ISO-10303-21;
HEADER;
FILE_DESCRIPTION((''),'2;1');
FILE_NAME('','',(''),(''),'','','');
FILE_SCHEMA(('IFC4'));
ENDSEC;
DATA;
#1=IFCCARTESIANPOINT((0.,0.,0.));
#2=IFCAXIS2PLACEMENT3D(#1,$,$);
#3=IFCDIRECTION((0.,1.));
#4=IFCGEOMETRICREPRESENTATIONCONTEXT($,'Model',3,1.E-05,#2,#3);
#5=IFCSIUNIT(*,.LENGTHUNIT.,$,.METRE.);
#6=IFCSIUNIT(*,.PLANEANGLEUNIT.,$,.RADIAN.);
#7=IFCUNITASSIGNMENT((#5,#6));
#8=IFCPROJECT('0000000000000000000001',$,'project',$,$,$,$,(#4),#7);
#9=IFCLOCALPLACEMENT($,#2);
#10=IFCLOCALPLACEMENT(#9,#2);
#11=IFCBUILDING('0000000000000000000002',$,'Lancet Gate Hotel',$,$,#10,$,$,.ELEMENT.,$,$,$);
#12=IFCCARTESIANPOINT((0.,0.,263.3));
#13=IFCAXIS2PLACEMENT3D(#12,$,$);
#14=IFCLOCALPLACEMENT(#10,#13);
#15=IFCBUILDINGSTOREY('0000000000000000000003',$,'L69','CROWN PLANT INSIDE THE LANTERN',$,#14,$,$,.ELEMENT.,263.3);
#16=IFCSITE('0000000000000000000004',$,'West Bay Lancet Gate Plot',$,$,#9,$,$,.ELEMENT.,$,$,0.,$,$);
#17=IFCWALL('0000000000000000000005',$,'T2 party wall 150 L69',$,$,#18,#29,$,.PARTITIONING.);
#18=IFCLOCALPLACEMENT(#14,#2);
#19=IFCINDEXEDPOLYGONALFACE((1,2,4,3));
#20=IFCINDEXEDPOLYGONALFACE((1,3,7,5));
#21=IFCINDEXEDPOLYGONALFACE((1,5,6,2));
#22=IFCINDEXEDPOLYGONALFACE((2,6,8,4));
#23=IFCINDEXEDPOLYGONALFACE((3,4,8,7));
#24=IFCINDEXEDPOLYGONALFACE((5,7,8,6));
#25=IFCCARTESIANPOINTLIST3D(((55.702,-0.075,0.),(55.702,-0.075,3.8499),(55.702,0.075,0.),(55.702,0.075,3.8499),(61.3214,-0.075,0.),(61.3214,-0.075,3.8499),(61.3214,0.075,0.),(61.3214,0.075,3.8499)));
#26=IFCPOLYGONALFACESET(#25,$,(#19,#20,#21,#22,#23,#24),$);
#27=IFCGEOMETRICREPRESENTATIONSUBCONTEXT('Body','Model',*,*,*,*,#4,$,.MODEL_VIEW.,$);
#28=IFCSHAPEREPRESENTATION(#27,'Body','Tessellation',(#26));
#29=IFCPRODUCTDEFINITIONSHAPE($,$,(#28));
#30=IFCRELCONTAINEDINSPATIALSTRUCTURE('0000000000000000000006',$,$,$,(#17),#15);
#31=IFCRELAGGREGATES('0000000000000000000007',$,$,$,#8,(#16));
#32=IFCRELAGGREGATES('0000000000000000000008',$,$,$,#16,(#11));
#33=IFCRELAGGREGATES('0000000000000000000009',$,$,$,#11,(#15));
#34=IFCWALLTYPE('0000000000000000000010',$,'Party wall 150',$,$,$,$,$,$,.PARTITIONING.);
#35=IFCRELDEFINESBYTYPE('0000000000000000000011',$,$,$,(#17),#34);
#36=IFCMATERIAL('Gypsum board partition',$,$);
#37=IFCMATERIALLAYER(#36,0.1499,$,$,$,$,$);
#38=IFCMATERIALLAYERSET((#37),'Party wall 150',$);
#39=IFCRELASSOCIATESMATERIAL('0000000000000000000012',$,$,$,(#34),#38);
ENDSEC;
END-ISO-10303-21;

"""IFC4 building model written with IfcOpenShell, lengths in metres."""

from ifc_helpers import new_model, si_unit, direction, frame, frame_2d, origin, place, context, subcontext, project, spatial, rectangle, extrude, material, layer, layer_set, type_object, element, save


model = new_model("IFC4")

# Units and contexts
model_context = context("Model", 3, precision=1e-05, world=origin(), true_north=direction((0.0, 1.0)))
body_context = subcontext(model_context, "Body", "Model", "MODEL_VIEW")
ifc_project = project(units=[si_unit("LENGTHUNIT", "METRE"), si_unit("PLANEANGLEUNIT", "RADIAN")], contexts=[model_context])

# Site, building, storey
site_placement = place(None, origin())
site = spatial("IfcSite", under=ifc_project, at=site_placement, Name="West Bay Lancet Gate Plot", CompositionType="ELEMENT", RefElevation=0.0)
building_placement = place(site_placement, origin())
building = spatial("IfcBuilding", under=site, at=building_placement, Name="Lancet Gate Hotel", CompositionType="ELEMENT")
storey_placement = place(building_placement, frame((0.0, 0.0, 263.3)))
storey = spatial("IfcBuildingStorey", under=building, at=storey_placement, Name="L69", Description="CROWN PLANT INSIDE THE LANTERN", CompositionType="ELEMENT", Elevation=263.3)

# Wall
ifc_material_1 = material(Name="Gypsum board partition")
ifc_layer_1 = layer(ifc_material_1, 0.1499)
ifc_layer_set_1 = layer_set([ifc_layer_1], Name="Party wall 150")
wall_type = type_object("IfcWallType", Name="Party wall 150", PredefinedType="PARTITIONING", material=ifc_layer_set_1)
wall_1_placement = place(storey_placement, frame((55.7021, 0.0, 0.0), z_axis=(0.0, 0.0, 1.0), x_axis=(1.0, 0.0, 0.0)))
element("IfcWall", 1, at=wall_1_placement, inside=storey, type_object=wall_type, Name="T2 party wall 150 L69", PredefinedType="PARTITIONING", context=body_context, shape_type="SweptSolid", body=[
    extrude(rectangle(XDim=5.6194, YDim=0.1499, at=frame_2d((2.8096, 0.0))), origin(), (0.0, 0.0, 1.0), 3.8499),
])

save(model, "model.ifc")
